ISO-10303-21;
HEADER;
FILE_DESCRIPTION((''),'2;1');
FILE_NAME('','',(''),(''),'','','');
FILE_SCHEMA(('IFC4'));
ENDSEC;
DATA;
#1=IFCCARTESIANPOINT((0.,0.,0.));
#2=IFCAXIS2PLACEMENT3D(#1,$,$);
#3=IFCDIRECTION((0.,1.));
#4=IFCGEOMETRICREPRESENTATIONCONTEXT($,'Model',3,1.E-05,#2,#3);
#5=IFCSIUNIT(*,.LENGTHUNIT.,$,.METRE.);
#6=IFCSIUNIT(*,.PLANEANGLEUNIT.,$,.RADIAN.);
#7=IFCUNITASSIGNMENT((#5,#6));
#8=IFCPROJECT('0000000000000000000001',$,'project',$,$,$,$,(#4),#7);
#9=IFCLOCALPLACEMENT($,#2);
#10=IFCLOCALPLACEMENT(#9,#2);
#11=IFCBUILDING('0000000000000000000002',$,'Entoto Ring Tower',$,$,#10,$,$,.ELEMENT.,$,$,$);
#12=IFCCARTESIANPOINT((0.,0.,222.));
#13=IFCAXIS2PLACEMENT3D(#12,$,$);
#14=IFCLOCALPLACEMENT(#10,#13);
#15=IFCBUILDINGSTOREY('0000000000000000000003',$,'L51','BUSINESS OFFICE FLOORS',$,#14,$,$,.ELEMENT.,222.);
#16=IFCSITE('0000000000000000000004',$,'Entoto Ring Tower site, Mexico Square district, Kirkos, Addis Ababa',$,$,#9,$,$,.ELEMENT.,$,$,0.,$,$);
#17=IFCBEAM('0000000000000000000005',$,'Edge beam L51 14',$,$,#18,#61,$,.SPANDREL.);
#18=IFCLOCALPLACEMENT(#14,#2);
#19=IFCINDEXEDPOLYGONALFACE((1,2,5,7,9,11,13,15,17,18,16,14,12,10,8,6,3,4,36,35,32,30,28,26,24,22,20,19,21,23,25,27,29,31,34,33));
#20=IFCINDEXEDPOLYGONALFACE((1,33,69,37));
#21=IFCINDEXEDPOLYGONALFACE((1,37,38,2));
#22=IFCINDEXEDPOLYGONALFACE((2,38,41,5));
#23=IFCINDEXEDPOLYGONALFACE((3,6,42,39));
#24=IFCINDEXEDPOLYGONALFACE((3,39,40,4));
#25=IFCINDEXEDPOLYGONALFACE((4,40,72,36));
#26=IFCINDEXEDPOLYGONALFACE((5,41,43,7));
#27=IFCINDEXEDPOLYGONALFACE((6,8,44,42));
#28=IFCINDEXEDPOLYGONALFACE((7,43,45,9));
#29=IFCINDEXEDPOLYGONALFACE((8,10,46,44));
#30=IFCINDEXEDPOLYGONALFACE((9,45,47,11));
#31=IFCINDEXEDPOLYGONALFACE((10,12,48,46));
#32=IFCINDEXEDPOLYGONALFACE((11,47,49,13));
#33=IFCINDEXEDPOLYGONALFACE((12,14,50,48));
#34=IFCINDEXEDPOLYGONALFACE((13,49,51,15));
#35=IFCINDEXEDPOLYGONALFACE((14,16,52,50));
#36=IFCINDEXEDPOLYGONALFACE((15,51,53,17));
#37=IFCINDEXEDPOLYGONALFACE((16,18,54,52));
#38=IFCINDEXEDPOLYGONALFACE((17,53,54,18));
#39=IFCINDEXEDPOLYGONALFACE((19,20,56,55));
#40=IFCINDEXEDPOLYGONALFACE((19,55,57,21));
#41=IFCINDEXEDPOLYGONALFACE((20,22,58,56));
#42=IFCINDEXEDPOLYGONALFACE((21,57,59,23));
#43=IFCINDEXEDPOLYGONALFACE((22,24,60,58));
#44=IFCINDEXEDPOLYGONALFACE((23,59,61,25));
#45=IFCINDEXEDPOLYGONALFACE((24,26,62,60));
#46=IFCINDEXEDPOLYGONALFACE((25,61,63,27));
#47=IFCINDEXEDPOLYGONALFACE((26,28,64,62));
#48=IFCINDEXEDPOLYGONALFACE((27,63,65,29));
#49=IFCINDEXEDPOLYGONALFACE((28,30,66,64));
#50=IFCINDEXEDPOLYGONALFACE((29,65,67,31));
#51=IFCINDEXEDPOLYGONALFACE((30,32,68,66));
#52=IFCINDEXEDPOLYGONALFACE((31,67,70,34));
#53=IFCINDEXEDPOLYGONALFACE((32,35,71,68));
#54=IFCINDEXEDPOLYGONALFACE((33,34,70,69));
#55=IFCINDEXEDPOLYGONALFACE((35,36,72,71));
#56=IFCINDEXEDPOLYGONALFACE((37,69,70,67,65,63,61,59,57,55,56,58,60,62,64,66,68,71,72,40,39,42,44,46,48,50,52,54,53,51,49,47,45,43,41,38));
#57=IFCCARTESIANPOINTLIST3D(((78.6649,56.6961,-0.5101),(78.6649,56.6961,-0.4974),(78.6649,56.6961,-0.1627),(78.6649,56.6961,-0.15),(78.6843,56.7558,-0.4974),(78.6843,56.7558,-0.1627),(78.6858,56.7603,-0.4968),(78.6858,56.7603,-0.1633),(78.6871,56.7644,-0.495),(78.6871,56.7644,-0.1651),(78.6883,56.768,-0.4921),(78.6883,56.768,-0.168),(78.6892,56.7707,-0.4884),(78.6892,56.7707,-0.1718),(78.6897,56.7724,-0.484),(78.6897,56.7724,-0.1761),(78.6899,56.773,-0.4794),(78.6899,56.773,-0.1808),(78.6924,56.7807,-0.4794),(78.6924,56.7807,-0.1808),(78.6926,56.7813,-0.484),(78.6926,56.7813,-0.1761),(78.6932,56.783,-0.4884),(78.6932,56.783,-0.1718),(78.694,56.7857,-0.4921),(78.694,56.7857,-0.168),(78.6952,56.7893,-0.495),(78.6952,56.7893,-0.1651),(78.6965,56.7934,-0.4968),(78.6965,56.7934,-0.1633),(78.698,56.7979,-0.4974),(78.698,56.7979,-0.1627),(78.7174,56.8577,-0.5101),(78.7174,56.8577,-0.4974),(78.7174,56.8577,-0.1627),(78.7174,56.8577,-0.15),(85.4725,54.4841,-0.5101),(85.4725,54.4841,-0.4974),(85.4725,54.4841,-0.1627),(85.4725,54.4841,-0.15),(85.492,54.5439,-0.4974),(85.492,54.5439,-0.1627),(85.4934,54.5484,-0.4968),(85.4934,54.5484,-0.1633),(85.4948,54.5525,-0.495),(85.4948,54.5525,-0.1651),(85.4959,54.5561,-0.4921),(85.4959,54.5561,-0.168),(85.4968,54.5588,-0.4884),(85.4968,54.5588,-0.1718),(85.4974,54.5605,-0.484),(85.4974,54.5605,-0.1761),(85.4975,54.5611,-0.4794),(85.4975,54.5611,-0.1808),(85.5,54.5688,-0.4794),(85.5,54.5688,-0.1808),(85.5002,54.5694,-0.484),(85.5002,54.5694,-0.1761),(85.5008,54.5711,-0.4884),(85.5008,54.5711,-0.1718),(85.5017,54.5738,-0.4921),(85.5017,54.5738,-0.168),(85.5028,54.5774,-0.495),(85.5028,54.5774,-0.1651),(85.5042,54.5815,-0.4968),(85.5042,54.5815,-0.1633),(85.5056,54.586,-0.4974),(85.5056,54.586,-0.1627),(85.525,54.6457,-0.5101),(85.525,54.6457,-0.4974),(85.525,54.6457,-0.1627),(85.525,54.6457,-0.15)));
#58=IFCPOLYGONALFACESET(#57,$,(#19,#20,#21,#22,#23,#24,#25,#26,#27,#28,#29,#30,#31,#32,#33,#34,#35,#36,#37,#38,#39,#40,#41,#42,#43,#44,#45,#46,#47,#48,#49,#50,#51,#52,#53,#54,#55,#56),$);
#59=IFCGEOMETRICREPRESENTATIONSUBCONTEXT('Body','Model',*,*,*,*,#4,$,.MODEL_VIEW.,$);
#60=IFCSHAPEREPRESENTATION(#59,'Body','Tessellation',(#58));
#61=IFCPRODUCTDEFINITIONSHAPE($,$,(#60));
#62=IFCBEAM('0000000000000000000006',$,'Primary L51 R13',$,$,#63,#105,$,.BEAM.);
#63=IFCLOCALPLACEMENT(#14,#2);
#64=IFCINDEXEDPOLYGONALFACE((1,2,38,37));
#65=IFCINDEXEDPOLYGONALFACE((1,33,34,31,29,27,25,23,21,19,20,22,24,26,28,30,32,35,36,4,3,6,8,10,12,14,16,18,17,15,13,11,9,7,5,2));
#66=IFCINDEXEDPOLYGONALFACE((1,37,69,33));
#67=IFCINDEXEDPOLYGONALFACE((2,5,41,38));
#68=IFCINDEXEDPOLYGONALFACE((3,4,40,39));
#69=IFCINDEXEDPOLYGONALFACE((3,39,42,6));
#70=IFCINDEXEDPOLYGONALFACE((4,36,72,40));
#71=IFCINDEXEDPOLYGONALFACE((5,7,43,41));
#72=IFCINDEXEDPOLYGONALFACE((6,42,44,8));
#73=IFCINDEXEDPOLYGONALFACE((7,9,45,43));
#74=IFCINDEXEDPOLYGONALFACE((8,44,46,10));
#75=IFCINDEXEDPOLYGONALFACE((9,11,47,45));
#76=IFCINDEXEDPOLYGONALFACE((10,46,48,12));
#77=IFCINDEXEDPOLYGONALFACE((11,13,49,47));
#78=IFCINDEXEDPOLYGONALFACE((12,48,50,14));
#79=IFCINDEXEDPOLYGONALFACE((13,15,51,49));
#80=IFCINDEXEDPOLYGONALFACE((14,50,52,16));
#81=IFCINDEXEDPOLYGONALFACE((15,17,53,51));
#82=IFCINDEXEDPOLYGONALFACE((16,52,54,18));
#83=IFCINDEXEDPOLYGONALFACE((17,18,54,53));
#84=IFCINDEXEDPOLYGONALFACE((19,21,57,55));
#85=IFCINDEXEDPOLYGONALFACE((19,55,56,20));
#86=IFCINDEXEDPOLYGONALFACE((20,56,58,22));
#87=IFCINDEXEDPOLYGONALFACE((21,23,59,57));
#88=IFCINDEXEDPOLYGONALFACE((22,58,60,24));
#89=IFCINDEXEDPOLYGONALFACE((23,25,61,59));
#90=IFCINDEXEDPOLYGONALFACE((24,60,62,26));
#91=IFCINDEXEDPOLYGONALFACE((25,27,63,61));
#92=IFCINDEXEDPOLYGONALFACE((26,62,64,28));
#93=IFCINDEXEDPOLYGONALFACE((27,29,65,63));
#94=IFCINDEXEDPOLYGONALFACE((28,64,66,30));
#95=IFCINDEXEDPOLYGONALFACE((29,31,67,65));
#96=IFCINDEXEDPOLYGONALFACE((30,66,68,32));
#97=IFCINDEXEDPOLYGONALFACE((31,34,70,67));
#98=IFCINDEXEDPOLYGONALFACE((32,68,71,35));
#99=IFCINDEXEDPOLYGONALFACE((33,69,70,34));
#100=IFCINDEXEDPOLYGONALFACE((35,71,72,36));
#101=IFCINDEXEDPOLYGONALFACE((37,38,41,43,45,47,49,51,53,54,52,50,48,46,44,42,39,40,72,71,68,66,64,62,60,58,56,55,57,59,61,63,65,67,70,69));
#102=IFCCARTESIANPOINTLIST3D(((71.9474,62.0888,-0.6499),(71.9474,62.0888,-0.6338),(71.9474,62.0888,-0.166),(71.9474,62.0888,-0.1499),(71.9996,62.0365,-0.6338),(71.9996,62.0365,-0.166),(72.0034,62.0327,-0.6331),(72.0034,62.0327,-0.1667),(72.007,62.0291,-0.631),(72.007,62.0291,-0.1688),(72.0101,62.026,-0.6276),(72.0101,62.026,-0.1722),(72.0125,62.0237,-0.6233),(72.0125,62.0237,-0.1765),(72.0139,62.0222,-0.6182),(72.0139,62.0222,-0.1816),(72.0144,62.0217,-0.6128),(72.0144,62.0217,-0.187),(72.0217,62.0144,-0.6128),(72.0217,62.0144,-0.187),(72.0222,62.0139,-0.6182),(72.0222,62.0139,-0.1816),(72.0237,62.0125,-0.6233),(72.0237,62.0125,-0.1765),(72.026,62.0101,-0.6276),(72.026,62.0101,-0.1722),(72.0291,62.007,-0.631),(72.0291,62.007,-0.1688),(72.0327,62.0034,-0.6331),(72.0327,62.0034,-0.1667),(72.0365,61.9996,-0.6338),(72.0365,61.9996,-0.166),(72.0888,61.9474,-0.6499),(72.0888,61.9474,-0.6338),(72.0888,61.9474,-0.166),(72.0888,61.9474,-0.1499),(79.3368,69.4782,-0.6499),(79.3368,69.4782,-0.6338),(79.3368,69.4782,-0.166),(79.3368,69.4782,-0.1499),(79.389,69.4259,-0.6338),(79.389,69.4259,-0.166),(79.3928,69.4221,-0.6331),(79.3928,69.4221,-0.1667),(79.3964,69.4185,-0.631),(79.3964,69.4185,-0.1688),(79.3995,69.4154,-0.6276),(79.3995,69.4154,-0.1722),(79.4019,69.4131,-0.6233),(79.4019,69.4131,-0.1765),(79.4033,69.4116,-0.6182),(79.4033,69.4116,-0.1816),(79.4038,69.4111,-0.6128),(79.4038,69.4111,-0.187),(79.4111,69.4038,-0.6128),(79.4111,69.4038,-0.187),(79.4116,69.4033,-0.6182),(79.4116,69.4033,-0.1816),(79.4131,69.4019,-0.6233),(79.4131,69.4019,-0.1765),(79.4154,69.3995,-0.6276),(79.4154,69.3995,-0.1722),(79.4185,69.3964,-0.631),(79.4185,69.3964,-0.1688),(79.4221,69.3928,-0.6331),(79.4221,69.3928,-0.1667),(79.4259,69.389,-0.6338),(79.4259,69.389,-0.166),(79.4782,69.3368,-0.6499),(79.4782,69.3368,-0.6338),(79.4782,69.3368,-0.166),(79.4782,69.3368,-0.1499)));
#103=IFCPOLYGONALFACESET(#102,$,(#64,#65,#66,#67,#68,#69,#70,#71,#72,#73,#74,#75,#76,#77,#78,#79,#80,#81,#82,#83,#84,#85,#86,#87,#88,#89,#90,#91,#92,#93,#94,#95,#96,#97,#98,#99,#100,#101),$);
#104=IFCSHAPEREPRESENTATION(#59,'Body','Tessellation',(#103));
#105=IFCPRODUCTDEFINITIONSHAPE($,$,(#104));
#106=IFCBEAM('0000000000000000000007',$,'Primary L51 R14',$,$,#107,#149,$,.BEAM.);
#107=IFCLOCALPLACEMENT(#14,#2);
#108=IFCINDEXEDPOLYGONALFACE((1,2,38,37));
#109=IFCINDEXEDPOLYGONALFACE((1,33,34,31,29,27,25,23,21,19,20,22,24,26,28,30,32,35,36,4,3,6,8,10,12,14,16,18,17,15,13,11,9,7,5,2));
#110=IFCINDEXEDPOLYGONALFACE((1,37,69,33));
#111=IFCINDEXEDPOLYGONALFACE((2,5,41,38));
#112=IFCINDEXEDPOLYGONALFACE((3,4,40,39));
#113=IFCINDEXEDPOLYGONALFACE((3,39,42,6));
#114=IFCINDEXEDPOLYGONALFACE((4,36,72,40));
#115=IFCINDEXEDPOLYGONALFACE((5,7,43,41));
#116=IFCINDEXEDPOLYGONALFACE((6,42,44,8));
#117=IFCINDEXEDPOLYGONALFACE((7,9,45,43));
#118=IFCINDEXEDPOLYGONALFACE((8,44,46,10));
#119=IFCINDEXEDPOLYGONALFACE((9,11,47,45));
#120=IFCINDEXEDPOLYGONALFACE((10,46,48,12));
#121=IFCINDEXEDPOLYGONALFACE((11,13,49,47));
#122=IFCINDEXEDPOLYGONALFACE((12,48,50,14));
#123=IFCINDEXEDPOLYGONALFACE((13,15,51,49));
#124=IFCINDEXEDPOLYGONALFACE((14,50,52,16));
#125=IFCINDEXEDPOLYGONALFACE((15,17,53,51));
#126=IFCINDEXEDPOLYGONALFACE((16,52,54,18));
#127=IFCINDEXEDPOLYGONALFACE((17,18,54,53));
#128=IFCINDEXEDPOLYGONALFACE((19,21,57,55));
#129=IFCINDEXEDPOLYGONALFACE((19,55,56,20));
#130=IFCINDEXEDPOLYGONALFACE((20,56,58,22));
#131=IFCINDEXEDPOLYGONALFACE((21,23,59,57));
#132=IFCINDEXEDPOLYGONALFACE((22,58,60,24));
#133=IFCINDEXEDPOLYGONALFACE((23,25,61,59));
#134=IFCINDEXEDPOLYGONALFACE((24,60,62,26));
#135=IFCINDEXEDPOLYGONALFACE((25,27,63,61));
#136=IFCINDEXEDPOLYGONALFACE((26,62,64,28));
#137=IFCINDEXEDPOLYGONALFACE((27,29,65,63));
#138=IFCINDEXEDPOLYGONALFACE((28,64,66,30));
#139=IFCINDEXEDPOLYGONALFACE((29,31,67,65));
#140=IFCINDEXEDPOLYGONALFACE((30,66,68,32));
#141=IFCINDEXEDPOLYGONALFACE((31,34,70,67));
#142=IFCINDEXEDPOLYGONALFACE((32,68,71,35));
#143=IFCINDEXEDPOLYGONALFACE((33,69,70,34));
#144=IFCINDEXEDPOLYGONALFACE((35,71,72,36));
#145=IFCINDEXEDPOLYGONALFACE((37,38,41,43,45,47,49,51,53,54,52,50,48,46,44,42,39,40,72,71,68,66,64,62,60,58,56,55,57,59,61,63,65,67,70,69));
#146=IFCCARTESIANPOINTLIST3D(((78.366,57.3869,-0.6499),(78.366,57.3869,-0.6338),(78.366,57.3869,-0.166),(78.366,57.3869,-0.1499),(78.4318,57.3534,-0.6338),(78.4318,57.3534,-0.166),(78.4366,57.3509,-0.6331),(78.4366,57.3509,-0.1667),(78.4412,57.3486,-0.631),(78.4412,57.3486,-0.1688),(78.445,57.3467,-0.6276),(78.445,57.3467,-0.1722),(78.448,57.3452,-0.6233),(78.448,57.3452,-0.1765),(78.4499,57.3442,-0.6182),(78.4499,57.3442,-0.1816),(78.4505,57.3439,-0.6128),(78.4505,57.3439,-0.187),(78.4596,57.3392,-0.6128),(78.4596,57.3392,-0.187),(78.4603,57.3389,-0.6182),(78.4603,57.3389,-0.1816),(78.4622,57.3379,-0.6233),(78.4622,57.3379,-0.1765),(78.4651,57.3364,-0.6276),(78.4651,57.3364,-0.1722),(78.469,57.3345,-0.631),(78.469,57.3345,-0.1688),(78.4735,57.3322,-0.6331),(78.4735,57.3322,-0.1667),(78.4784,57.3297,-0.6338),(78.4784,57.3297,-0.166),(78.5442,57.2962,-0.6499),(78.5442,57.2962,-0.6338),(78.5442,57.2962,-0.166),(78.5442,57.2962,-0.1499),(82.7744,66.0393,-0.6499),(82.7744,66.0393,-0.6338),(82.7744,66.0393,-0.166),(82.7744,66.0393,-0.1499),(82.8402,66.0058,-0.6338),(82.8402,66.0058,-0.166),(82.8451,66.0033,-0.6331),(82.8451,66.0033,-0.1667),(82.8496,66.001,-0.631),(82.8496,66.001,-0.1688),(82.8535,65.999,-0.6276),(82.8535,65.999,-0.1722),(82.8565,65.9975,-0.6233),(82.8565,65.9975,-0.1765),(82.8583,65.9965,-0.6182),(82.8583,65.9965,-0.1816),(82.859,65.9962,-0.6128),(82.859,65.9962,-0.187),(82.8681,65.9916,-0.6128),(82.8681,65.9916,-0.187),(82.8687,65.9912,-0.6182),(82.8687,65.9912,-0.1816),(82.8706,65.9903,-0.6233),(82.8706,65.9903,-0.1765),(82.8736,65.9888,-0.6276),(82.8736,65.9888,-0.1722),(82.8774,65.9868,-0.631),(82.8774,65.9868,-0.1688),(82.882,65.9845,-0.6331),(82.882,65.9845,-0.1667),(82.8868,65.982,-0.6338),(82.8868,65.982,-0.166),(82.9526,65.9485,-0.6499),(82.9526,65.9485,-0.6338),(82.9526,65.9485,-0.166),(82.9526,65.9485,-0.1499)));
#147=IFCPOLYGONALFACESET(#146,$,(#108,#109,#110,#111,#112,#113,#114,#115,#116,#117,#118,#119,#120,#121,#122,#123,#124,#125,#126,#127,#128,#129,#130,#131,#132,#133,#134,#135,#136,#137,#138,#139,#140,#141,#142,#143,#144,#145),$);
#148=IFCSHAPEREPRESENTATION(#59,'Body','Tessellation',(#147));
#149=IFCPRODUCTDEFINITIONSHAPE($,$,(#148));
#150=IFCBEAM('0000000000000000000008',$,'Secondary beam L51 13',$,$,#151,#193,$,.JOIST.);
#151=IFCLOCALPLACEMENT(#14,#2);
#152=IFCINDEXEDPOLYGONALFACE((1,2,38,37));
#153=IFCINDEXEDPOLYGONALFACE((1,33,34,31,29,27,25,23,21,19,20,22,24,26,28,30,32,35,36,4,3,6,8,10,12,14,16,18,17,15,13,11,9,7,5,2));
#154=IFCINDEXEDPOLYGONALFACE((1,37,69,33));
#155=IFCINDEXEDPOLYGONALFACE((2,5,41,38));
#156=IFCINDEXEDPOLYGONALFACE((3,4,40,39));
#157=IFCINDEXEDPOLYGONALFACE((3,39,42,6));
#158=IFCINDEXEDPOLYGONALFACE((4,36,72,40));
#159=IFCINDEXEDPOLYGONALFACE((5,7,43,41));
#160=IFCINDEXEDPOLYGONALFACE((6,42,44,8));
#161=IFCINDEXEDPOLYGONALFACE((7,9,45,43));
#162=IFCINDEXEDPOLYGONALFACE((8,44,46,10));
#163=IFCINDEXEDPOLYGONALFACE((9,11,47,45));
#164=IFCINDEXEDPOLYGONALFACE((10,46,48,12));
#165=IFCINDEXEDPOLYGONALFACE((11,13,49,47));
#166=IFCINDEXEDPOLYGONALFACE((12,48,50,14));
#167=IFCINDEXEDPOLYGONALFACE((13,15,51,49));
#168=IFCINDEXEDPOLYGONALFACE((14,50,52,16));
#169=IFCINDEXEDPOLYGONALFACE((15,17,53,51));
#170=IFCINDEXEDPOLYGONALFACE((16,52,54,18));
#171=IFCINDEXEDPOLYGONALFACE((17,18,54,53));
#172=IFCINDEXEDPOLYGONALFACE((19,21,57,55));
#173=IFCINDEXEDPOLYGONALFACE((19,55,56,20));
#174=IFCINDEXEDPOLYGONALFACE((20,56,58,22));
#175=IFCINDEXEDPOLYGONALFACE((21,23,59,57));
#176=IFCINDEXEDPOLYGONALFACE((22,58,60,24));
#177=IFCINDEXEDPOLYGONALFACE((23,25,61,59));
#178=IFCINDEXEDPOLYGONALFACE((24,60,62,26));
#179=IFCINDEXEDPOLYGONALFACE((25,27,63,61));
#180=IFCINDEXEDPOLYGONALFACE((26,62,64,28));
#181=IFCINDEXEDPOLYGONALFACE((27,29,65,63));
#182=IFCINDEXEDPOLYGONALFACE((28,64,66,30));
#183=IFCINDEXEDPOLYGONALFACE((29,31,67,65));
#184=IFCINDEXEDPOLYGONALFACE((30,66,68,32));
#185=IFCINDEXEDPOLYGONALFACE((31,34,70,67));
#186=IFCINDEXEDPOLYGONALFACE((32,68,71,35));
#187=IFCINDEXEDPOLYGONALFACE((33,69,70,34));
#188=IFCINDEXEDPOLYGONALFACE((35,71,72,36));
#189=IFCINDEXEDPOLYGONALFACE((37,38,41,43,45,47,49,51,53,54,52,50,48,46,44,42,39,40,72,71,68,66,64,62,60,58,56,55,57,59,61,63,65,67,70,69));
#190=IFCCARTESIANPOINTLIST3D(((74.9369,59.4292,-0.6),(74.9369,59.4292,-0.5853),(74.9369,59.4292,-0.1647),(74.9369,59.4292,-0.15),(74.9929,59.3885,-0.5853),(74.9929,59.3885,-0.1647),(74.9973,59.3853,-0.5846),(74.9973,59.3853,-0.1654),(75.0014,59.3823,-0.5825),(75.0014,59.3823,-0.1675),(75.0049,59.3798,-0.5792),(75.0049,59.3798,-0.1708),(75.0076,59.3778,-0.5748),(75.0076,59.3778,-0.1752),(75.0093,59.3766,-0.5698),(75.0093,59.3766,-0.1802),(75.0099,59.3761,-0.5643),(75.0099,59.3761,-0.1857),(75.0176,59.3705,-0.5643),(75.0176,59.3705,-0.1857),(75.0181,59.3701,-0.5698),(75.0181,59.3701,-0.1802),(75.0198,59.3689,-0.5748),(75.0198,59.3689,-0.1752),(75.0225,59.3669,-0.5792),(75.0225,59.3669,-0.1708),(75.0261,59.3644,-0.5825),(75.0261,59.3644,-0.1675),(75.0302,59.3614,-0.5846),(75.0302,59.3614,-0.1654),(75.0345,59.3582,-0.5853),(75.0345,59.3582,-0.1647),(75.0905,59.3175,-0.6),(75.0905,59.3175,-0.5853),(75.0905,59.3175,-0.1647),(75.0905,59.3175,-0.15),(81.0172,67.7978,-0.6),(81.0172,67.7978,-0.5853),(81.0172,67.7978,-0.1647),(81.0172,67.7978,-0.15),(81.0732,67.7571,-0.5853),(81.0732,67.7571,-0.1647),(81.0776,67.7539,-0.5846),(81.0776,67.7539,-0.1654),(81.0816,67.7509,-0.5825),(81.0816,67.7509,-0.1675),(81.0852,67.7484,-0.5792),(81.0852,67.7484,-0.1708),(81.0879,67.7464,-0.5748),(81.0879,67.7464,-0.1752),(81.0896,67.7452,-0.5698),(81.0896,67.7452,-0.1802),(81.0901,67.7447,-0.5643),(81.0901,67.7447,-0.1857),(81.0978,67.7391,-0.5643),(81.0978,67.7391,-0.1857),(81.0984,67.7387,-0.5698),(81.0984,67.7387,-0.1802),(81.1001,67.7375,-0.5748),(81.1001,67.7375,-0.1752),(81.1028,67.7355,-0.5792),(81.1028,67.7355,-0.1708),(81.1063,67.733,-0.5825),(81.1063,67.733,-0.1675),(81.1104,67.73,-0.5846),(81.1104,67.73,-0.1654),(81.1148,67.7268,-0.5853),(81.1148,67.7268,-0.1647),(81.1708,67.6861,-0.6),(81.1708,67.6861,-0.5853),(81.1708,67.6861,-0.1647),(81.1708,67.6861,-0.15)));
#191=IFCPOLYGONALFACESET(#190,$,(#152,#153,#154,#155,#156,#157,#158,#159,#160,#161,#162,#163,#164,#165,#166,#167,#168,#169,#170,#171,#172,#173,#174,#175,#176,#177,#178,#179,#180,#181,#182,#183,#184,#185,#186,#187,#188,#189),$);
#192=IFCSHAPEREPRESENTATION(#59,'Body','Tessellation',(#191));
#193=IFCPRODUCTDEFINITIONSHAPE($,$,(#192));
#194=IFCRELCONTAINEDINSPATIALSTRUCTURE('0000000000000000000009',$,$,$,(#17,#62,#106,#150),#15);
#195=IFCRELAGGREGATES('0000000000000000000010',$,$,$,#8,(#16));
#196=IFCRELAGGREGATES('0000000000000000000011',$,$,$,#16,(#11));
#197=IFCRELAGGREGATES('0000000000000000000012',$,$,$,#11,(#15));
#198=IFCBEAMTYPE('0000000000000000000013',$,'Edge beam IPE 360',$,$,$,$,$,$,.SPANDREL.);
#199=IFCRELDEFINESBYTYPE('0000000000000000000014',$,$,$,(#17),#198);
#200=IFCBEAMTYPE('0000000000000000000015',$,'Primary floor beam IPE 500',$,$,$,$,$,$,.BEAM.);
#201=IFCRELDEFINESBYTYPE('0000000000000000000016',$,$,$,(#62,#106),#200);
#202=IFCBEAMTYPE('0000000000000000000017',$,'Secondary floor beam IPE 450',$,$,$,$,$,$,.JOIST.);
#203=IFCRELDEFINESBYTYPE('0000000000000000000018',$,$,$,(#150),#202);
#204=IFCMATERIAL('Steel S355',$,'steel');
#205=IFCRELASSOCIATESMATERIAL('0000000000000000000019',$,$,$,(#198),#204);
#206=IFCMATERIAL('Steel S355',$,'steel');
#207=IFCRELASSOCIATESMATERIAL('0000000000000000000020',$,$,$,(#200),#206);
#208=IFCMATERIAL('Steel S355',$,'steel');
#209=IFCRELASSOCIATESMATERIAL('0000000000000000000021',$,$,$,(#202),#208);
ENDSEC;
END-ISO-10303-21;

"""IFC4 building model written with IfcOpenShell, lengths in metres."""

from ifc_helpers import new_model, si_unit, direction, frame, origin, origin_2d, place, context, subcontext, project, spatial, i_section, extrude, material, material_profile, profile_set, type_object, element, save


model = new_model("IFC4")

# Units and contexts
model_context = context("Model", 3, precision=1e-05, world=origin(), true_north=direction((0.0, 1.0)))
body_context = subcontext(model_context, "Body", "Model", "MODEL_VIEW")
ifc_project = project(units=[si_unit("LENGTHUNIT", "METRE"), si_unit("PLANEANGLEUNIT", "RADIAN")], contexts=[model_context])

# Site, building, storey
site_placement = place(None, origin())
site = spatial("IfcSite", under=ifc_project, at=site_placement, Name="Entoto Ring Tower site, Mexico Square district, Kirkos, Addis Ababa", CompositionType="ELEMENT", RefElevation=0.0)
building_placement = place(site_placement, origin())
building = spatial("IfcBuilding", under=site, at=building_placement, Name="Entoto Ring Tower", CompositionType="ELEMENT")
storey_placement = place(building_placement, frame((0.0, 0.0, 222.0)))
storey = spatial("IfcBuildingStorey", under=building, at=storey_placement, Name="L51", Description="BUSINESS OFFICE FLOORS", CompositionType="ELEMENT", Elevation=222.0)

# Beams
ifc_material_1 = material(Name="Steel S355", Category="steel")
ifc_material_profile_1 = material_profile(ifc_material_1, i_section(OverallWidth=0.1699, OverallDepth=0.3601, WebThickness=0.0081, FlangeThickness=0.0127, FilletRadius=0.0181, at=origin_2d()), Name="IPE 360")
ifc_profile_set_1 = profile_set([ifc_material_profile_1], Name="Steel S355")
beam_type_1 = type_object("IfcBeamType", Name="Edge beam IPE 360", PredefinedType="SPANDREL", material=ifc_profile_set_1)
beam_1_placement = place(storey_placement, frame((78.6912, 56.7769, -0.3301), z_axis=(0.951057, -0.309015, 0.0), x_axis=(0.309015, 0.951057, 0.0)))
element("IfcBeam", 1, at=beam_1_placement, inside=storey, type_object=beam_type_1, Name="Edge beam L51 14", PredefinedType="SPANDREL", context=body_context, shape_type="SweptSolid", body=[
    extrude(i_section(OverallWidth=0.1699, OverallDepth=0.3601, WebThickness=0.0081, FlangeThickness=0.0127, FilletRadius=0.0181, at=origin_2d()), origin(), (0.0, 0.0, 1.0), 7.158),
])
ifc_material_2 = material(Name="Steel S355", Category="steel")
ifc_material_profile_2 = material_profile(ifc_material_2, i_section(OverallWidth=0.2, OverallDepth=0.5, WebThickness=0.0103, FlangeThickness=0.0161, FilletRadius=0.021, at=origin_2d()), Name="IPE 500")
ifc_profile_set_2 = profile_set([ifc_material_profile_2], Name="Steel S355")
beam_type_2 = type_object("IfcBeamType", Name="Primary floor beam IPE 500", PredefinedType="BEAM", material=ifc_profile_set_2)
beam_2_placement = place(storey_placement, frame((79.4075, 69.4075, -0.3999), z_axis=(-0.707107, -0.707107, 0.0), x_axis=(0.707107, -0.707107, 0.0)))
element("IfcBeam", 2, at=beam_2_placement, inside=storey, type_object=beam_type_2, Name="Primary L51 R13", PredefinedType="BEAM", context=body_context, shape_type="SweptSolid", body=[
    extrude(i_section(OverallWidth=0.2, OverallDepth=0.5, WebThickness=0.0103, FlangeThickness=0.0161, FilletRadius=0.021, at=origin_2d()), origin(), (0.0, 0.0, 1.0), 10.4502),
])
beam_3_placement = place(storey_placement, frame((82.8635, 65.9939, -0.3999), z_axis=(-0.453979, -0.891012, 0.0), x_axis=(0.891012, -0.453979, 0.0)))
element("IfcBeam", 3, at=beam_3_placement, inside=storey, type_object=beam_type_2, Name="Primary L51 R14", PredefinedType="BEAM", context=body_context, shape_type="SweptSolid", body=[
    extrude(i_section(OverallWidth=0.2, OverallDepth=0.5, WebThickness=0.0103, FlangeThickness=0.0161, FilletRadius=0.021, at=origin_2d()), origin(), (0.0, 0.0, 1.0), 9.7107),
])
ifc_material_3 = material(Name="Steel S355", Category="steel")
ifc_material_profile_3 = material_profile(ifc_material_3, i_section(OverallWidth=0.1899, OverallDepth=0.45, WebThickness=0.0095, FlangeThickness=0.0146, FilletRadius=0.021, at=origin_2d()), Name="IPE 450")
ifc_profile_set_3 = profile_set([ifc_material_profile_3], Name="Steel S355")
beam_type_3 = type_object("IfcBeamType", Name="Secondary floor beam IPE 450", PredefinedType="JOIST", material=ifc_profile_set_3)
beam_4_placement = place(storey_placement, frame((81.094, 67.7419, -0.375), z_axis=(-0.587794, -0.809011, 0.0), x_axis=(0.809011, -0.587794, 0.0)))
element("IfcBeam", 4, at=beam_4_placement, inside=storey, type_object=beam_type_3, Name="Secondary beam L51 13", PredefinedType="JOIST", context=body_context, shape_type="SweptSolid", body=[
    extrude(i_section(OverallWidth=0.1899, OverallDepth=0.45, WebThickness=0.0095, FlangeThickness=0.0146, FilletRadius=0.021, at=origin_2d()), origin(), (0.0, 0.0, 1.0), 10.3442),
])

save(model, "model.ifc")
